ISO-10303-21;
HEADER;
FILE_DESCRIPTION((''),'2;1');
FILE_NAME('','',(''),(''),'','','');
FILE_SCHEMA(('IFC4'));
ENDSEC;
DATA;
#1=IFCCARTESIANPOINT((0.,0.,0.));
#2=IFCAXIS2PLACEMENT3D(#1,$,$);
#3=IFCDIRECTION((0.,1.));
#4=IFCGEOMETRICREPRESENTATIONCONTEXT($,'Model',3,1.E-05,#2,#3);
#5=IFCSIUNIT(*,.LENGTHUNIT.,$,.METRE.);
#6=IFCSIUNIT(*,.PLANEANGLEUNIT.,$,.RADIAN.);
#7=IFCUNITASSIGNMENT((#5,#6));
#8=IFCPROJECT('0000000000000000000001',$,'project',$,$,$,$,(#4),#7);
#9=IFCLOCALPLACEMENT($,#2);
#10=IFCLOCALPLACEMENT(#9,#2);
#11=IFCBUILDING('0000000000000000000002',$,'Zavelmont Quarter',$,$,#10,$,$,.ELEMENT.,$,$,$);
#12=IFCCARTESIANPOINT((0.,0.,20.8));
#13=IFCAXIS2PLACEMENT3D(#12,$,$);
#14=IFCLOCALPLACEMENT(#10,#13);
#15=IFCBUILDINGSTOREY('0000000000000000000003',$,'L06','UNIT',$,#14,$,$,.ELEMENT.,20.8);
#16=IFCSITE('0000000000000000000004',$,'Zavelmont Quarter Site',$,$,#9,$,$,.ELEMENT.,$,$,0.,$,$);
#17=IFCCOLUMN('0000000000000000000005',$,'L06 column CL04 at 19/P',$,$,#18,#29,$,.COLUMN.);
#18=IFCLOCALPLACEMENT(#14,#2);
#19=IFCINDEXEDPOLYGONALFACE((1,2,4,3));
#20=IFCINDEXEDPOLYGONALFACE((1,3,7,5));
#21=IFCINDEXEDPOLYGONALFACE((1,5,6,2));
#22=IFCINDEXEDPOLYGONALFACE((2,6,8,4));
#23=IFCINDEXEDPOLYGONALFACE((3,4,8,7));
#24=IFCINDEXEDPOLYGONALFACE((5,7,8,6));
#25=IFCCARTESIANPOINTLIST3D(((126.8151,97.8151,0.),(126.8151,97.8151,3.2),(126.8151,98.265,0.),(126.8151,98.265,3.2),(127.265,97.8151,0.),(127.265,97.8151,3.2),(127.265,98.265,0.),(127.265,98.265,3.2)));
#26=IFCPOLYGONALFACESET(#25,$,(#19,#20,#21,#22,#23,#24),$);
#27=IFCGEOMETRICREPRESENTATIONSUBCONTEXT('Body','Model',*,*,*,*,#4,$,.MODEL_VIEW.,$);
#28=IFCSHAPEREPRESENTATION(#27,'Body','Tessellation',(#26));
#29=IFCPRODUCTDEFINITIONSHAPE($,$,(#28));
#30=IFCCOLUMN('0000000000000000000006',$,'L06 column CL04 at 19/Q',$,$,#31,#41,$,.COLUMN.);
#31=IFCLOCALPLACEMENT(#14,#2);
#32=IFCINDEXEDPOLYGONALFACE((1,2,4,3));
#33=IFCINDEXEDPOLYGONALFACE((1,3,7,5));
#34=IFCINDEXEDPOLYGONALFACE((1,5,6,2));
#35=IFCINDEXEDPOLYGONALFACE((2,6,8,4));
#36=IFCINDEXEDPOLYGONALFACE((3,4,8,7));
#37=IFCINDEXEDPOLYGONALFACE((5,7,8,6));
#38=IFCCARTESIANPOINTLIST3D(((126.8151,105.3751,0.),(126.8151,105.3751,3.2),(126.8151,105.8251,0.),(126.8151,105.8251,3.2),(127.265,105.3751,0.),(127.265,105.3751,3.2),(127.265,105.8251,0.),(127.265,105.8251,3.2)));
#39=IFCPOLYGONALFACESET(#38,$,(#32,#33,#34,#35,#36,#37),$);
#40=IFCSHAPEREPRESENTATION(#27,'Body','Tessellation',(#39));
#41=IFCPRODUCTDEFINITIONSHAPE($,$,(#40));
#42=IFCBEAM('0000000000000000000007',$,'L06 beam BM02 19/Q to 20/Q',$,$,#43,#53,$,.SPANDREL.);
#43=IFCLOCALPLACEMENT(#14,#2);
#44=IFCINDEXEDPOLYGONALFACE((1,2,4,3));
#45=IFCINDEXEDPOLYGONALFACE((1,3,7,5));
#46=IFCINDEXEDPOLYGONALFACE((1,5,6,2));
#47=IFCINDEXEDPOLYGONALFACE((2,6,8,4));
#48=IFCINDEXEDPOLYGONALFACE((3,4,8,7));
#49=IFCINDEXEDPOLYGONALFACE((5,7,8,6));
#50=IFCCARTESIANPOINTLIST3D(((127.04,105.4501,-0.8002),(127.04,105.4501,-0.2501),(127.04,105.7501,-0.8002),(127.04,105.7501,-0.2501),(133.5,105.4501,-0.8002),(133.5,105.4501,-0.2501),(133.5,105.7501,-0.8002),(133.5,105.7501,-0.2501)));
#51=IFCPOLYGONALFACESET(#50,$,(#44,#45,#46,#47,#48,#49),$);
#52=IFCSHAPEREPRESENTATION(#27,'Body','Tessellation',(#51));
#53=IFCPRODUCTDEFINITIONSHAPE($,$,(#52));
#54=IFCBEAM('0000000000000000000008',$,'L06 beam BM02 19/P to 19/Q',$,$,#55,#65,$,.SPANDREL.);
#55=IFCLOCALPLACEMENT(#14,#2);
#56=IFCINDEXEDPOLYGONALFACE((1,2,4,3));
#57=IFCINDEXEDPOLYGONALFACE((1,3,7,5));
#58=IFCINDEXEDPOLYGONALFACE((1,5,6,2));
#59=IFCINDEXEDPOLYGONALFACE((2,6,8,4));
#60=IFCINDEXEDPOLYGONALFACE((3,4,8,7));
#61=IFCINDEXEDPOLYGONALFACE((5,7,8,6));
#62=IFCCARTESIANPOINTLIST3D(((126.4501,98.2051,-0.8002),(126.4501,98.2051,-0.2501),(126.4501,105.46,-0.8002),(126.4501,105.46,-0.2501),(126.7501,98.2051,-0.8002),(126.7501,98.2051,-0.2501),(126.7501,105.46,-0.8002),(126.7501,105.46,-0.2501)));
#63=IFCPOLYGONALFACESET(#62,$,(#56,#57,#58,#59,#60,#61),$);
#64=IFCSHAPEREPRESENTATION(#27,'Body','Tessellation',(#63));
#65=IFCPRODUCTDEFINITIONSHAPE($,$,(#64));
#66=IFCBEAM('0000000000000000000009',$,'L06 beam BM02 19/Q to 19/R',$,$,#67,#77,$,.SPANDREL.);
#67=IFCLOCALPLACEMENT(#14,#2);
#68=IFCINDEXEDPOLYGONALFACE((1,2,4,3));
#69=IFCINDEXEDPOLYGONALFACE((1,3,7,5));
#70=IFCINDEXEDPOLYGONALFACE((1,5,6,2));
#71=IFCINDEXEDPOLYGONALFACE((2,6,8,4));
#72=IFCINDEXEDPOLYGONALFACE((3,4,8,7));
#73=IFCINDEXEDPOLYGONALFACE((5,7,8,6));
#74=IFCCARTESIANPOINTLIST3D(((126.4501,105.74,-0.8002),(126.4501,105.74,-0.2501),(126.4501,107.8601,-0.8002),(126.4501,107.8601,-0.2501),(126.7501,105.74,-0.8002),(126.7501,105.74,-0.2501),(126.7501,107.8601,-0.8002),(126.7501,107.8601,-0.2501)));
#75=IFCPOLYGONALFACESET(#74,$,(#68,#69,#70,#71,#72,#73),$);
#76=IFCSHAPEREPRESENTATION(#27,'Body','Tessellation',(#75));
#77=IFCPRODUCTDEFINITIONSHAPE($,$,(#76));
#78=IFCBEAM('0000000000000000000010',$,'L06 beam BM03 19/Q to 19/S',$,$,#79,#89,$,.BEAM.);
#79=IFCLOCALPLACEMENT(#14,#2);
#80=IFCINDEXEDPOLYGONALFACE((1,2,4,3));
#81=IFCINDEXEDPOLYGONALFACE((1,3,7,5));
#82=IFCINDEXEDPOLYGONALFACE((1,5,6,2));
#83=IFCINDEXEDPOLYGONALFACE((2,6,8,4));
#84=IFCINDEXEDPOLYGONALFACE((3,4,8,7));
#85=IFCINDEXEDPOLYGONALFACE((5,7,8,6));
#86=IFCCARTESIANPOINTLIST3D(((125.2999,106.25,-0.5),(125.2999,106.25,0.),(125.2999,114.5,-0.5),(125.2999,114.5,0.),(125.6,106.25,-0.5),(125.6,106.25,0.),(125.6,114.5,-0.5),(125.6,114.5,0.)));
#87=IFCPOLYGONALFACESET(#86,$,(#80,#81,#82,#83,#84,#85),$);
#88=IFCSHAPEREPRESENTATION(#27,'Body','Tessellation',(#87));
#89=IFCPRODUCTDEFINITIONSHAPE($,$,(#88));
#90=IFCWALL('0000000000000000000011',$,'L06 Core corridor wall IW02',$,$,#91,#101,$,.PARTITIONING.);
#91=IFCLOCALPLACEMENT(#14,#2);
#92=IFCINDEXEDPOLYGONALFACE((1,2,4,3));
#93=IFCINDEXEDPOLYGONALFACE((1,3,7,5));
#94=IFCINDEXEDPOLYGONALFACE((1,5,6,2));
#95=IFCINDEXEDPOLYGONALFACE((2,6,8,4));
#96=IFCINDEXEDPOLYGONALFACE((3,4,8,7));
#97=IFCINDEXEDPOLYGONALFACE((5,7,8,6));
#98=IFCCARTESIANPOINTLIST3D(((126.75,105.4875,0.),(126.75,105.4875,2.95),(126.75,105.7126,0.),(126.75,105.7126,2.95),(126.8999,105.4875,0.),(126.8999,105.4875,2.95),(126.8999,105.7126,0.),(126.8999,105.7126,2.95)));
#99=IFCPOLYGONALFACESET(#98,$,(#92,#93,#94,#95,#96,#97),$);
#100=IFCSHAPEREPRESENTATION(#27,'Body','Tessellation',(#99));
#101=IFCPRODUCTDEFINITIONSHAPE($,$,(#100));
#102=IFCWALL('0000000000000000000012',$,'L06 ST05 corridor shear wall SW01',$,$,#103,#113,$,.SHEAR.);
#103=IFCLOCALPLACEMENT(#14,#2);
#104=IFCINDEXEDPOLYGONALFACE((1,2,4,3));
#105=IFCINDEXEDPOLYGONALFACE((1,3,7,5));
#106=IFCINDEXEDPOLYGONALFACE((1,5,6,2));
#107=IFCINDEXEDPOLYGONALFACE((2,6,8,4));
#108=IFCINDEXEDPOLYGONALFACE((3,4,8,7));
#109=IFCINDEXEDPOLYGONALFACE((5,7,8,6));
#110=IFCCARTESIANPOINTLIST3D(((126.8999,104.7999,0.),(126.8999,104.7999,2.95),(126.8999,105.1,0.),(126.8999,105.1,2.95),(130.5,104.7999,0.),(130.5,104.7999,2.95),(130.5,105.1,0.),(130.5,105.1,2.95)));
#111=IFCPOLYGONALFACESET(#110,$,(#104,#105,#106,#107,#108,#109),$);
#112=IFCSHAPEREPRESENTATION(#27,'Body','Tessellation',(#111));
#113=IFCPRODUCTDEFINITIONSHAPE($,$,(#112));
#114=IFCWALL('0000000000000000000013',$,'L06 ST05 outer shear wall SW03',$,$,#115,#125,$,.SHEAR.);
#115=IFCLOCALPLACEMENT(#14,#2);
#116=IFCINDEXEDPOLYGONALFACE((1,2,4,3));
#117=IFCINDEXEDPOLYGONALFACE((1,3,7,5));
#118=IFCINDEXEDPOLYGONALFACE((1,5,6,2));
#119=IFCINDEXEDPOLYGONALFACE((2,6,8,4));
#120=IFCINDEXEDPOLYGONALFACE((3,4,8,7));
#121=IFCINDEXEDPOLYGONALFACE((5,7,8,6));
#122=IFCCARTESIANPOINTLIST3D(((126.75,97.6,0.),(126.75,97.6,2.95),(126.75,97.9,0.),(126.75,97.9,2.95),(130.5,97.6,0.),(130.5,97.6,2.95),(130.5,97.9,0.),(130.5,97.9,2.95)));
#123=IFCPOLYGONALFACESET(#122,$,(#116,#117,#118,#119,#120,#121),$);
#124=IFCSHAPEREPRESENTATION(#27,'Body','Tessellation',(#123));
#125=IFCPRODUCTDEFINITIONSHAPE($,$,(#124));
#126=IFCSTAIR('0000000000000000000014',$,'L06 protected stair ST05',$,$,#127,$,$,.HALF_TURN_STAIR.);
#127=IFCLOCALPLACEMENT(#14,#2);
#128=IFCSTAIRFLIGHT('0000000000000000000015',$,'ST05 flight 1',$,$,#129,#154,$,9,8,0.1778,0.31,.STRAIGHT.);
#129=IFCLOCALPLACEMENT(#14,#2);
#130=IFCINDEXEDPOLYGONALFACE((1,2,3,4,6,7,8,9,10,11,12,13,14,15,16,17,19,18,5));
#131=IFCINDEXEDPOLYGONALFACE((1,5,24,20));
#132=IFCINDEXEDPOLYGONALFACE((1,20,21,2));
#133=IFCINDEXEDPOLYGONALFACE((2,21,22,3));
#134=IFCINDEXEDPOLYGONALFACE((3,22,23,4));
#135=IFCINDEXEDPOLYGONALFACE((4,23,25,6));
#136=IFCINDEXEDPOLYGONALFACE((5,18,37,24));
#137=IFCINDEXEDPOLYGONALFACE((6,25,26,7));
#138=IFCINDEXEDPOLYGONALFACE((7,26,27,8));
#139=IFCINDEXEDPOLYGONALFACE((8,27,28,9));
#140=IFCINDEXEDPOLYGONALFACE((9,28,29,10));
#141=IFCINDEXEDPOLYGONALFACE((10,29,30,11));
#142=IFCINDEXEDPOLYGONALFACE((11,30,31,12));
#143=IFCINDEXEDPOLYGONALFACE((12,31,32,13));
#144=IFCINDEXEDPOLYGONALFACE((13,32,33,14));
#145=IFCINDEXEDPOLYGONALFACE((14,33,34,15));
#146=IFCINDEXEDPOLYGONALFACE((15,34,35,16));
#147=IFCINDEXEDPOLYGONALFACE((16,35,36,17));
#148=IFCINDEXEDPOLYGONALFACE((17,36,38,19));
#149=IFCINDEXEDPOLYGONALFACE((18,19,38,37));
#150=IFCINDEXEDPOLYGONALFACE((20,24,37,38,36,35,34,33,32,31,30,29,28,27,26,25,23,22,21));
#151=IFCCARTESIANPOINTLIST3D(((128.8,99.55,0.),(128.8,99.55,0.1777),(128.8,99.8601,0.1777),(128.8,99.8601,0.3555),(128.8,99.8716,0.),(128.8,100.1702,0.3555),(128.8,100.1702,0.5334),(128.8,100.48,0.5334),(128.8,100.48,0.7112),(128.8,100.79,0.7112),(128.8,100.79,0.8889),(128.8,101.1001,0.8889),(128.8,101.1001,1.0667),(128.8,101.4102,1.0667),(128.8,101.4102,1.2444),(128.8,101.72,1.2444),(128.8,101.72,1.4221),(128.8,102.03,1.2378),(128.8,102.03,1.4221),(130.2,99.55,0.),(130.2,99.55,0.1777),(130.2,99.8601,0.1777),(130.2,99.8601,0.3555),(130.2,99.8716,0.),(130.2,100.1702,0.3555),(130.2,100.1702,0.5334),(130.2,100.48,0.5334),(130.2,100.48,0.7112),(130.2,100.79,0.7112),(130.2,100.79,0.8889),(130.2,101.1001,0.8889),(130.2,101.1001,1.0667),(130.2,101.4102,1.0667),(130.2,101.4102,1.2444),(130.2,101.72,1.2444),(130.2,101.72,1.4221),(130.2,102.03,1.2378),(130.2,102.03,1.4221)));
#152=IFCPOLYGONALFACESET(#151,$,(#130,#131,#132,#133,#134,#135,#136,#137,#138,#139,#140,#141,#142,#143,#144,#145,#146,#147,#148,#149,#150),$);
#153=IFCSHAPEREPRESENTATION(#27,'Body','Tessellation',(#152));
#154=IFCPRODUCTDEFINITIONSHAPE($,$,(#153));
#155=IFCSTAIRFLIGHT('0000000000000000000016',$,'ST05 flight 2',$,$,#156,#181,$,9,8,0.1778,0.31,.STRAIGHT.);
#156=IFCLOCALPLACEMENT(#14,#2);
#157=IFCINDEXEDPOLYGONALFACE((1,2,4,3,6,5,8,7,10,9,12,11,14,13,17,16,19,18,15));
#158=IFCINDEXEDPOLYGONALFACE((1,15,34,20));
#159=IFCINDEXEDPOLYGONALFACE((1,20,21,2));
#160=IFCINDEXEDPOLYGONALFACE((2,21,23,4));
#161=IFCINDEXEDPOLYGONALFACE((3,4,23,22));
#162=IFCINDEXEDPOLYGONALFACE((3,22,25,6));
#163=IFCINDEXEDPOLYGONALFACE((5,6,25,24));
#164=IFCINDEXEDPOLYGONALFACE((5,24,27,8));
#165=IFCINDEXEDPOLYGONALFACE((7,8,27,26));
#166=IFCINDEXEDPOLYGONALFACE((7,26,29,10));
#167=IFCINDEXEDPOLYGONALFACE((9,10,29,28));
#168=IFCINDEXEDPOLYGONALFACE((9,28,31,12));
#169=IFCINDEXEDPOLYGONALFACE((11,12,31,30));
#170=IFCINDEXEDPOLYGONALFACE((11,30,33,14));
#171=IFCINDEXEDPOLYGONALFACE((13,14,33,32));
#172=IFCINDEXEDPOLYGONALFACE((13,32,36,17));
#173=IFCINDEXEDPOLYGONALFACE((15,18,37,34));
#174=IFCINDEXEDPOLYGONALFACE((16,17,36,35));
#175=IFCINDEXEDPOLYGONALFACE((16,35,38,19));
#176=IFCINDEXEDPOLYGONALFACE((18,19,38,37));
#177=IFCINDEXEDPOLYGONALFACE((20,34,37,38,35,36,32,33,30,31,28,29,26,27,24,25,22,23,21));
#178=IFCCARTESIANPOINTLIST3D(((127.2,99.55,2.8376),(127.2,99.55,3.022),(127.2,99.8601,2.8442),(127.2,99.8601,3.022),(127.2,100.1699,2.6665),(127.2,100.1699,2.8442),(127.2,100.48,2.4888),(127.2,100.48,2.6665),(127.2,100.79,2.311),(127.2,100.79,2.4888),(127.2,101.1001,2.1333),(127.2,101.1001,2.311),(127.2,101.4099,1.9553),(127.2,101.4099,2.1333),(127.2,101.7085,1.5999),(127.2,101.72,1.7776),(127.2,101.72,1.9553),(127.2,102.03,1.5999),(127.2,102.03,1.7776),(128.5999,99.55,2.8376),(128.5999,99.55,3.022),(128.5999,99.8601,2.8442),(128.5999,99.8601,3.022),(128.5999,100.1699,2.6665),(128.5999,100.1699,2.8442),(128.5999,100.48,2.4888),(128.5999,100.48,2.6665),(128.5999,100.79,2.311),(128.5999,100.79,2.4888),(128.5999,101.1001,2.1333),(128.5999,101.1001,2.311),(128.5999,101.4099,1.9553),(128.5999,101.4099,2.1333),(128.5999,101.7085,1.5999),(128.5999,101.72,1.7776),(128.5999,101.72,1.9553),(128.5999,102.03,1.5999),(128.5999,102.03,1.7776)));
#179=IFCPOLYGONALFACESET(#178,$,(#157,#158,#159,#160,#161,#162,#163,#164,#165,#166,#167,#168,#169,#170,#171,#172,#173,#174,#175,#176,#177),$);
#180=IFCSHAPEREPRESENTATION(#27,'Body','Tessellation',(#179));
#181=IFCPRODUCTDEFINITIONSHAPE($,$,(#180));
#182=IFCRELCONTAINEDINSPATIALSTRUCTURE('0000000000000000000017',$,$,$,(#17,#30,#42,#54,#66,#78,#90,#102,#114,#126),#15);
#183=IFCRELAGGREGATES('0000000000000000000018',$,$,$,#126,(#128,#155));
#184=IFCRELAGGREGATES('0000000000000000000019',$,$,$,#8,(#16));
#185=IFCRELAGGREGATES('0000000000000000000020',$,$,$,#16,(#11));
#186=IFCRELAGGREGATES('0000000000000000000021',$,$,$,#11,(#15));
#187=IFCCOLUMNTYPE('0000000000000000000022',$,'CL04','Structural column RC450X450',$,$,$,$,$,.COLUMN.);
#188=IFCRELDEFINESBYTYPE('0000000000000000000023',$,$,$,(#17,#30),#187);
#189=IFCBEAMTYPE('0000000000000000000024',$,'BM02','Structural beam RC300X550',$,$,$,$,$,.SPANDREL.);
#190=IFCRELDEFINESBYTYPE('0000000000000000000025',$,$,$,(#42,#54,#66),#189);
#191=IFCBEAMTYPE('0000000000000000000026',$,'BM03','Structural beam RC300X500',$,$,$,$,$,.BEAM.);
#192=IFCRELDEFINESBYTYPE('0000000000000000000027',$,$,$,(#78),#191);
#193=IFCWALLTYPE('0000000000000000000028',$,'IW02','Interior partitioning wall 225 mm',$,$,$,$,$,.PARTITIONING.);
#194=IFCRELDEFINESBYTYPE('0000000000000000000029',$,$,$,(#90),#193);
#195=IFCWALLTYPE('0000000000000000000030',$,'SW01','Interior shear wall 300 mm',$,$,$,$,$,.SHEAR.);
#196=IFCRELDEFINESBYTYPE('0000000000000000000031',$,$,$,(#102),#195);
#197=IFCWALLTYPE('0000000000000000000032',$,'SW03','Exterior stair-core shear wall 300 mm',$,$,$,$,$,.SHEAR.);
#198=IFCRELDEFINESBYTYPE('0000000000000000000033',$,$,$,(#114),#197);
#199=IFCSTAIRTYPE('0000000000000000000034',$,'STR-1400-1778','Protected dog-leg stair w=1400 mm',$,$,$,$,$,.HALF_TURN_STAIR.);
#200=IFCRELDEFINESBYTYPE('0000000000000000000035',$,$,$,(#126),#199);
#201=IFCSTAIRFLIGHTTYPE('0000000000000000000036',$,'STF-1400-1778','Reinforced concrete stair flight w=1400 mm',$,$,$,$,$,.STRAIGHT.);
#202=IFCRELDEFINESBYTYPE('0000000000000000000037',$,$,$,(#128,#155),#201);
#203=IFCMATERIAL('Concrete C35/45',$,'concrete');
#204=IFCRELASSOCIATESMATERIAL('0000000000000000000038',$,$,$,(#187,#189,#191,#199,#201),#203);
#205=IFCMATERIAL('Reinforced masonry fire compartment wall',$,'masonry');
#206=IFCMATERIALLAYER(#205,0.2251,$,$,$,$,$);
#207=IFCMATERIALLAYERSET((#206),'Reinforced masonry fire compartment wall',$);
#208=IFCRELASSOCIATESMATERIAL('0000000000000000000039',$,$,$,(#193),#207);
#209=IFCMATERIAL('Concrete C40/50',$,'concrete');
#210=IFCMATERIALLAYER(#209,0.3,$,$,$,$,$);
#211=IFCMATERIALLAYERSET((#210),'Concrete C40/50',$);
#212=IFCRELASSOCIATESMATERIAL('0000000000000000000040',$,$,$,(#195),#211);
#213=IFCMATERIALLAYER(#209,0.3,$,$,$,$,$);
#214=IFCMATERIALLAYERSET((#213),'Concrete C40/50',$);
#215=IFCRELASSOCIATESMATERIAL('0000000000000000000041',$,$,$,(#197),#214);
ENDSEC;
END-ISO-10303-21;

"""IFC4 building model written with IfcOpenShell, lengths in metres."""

from ifc_helpers import new_model, si_unit, direction, frame, frame_2d, origin, origin_2d, place, context, subcontext, project, spatial, polyline, rectangle, outline, extrude, material, layer, layer_set, material_profile, profile_set, type_object, element, aggregate, save


model = new_model("IFC4")

# Units and contexts
model_context = context("Model", 3, precision=1e-05, world=origin(), true_north=direction((0.0, 1.0)))
body_context = subcontext(model_context, "Body", "Model", "MODEL_VIEW")
ifc_project = project(units=[si_unit("LENGTHUNIT", "METRE"), si_unit("PLANEANGLEUNIT", "RADIAN")], contexts=[model_context])

# Site, building, storey
site_placement = place(None, origin())
site = spatial("IfcSite", under=ifc_project, at=site_placement, Name="Zavelmont Quarter Site", CompositionType="ELEMENT", RefElevation=0.0)
building_placement = place(site_placement, origin())
building = spatial("IfcBuilding", under=site, at=building_placement, Name="Zavelmont Quarter", CompositionType="ELEMENT")
storey_placement = place(building_placement, frame((0.0, 0.0, 20.8)))
storey = spatial("IfcBuildingStorey", under=building, at=storey_placement, Name="L06", Description="UNIT", CompositionType="ELEMENT", Elevation=20.8)

# Columns
ifc_material_1 = material(Name="Concrete C35/45", Category="concrete")
ifc_material_profile_1 = material_profile(ifc_material_1, rectangle(XDim=0.45, YDim=0.45, at=origin_2d()), Name="RC450X450")
ifc_profile_set_1 = profile_set([ifc_material_profile_1], Name="Concrete C35/45")
column_type = type_object("IfcColumnType", Name="CL04", Description="Structural column RC450X450", PredefinedType="COLUMN", material=ifc_profile_set_1)
for number, where, z_axis, x_axis, name in (
    (1, (127.04, 98.04, 0.0), (0.0, 0.0, 1.0), (1.0, 0.0, 0.0), "L06 column CL04 at 19/P"),
    (2, (127.04, 105.6001, 0.0), (0.0, 0.0, 1.0), (1.0, 0.0, 0.0), "L06 column CL04 at 19/Q"),
):
    element("IfcColumn", number, at=place(storey_placement, frame(where, z_axis=z_axis, x_axis=x_axis)), inside=storey, type_object=column_type, Name=name, PredefinedType="COLUMN", context=body_context, shape_type="SweptSolid", body=[
        extrude(rectangle(XDim=0.45, YDim=0.45, at=origin_2d()), origin(), (0.0, 0.0, 1.0), 3.2),
    ])

# Beams
ifc_material_profile_2 = material_profile(ifc_material_1, rectangle(XDim=0.3, YDim=0.55, at=origin_2d()), Name="RC300X550")
ifc_profile_set_2 = profile_set([ifc_material_profile_2], Name="Concrete C35/45")
beam_type_1 = type_object("IfcBeamType", Name="BM02", Description="Structural beam RC300X550", PredefinedType="SPANDREL", material=ifc_profile_set_2)
beam_1_placement = place(storey_placement, frame((127.04, 105.6001, -0.5251), z_axis=(1.0, 0.0, 0.0), x_axis=(0.0, 1.0, 0.0)))
element("IfcBeam", 3, at=beam_1_placement, inside=storey, type_object=beam_type_1, Name="L06 beam BM02 19/Q to 20/Q", PredefinedType="SPANDREL", context=body_context, shape_type="SweptSolid", body=[
    extrude(rectangle(XDim=0.3, YDim=0.55, at=origin_2d()), origin(), (0.0, 0.0, 1.0), 6.46),
])
beam_2_placement = place(storey_placement, frame((126.6001, 98.2051, -0.5251), z_axis=(0.0, 1.0, 0.0), x_axis=(-1.0, 0.0, 0.0)))
element("IfcBeam", 4, at=beam_2_placement, inside=storey, type_object=beam_type_1, Name="L06 beam BM02 19/P to 19/Q", PredefinedType="SPANDREL", context=body_context, shape_type="SweptSolid", body=[
    extrude(rectangle(XDim=0.3, YDim=0.55, at=origin_2d()), origin(), (0.0, 0.0, 1.0), 7.2549),
])
beam_3_placement = place(storey_placement, frame((126.6001, 105.74, -0.5251), z_axis=(0.0, 1.0, 0.0), x_axis=(-1.0, 0.0, 0.0)))
element("IfcBeam", 5, at=beam_3_placement, inside=storey, type_object=beam_type_1, Name="L06 beam BM02 19/Q to 19/R", PredefinedType="SPANDREL", context=body_context, shape_type="SweptSolid", body=[
    extrude(rectangle(XDim=0.3, YDim=0.55, at=origin_2d()), origin(), (0.0, 0.0, 1.0), 2.1201),
])
ifc_material_profile_3 = material_profile(ifc_material_1, rectangle(XDim=0.3, YDim=0.5, at=origin_2d()), Name="RC300X500")
ifc_profile_set_3 = profile_set([ifc_material_profile_3], Name="Concrete C35/45")
beam_type_2 = type_object("IfcBeamType", Name="BM03", Description="Structural beam RC300X500", PredefinedType="BEAM", material=ifc_profile_set_3)
beam_4_placement = place(storey_placement, frame((125.45, 106.25, -0.25), z_axis=(0.0, 1.0, 0.0), x_axis=(-1.0, 0.0, 0.0)))
element("IfcBeam", 6, at=beam_4_placement, inside=storey, type_object=beam_type_2, Name="L06 beam BM03 19/Q to 19/S", PredefinedType="BEAM", context=body_context, shape_type="SweptSolid", body=[
    extrude(rectangle(XDim=0.3, YDim=0.5, at=origin_2d()), origin(), (0.0, 0.0, 1.0), 8.25),
])

# Walls
ifc_material_2 = material(Name="Reinforced masonry fire compartment wall", Category="masonry")
ifc_layer_1 = layer(ifc_material_2, 0.2251)
ifc_layer_set_1 = layer_set([ifc_layer_1], Name="Reinforced masonry fire compartment wall")
wall_type_1 = type_object("IfcWallType", Name="IW02", Description="Interior partitioning wall 225 mm", PredefinedType="PARTITIONING", material=ifc_layer_set_1)
wall_1_placement = place(storey_placement, frame((126.75, 105.6001, 0.0), z_axis=(0.0, 0.0, 1.0), x_axis=(1.0, 0.0, 0.0)))
element("IfcWall", 7, at=wall_1_placement, inside=storey, type_object=wall_type_1, Name="L06 Core corridor wall IW02", PredefinedType="PARTITIONING", context=body_context, shape_type="SweptSolid", body=[
    extrude(rectangle(XDim=0.1499, YDim=0.2251, at=frame_2d((0.075, 0.0))), origin(), (0.0, 0.0, 1.0), 2.95),
])
ifc_material_3 = material(Name="Concrete C40/50", Category="concrete")
ifc_layer_2 = layer(ifc_material_3, 0.3)
ifc_layer_set_2 = layer_set([ifc_layer_2], Name="Concrete C40/50")
wall_type_2 = type_object("IfcWallType", Name="SW01", Description="Interior shear wall 300 mm", PredefinedType="SHEAR", material=ifc_layer_set_2)
wall_2_placement = place(storey_placement, frame((126.8999, 104.95, 0.0), z_axis=(0.0, 0.0, 1.0), x_axis=(1.0, 0.0, 0.0)))
element("IfcWall", 8, at=wall_2_placement, inside=storey, type_object=wall_type_2, Name="L06 ST05 corridor shear wall SW01", PredefinedType="SHEAR", context=body_context, shape_type="SweptSolid", body=[
    extrude(rectangle(XDim=3.6001, YDim=0.3, at=frame_2d((1.8, 0.0))), origin(), (0.0, 0.0, 1.0), 2.95),
])
ifc_layer_3 = layer(ifc_material_3, 0.3)
ifc_layer_set_3 = layer_set([ifc_layer_3], Name="Concrete C40/50")
wall_type_3 = type_object("IfcWallType", Name="SW03", Description="Exterior stair-core shear wall 300 mm", PredefinedType="SHEAR", material=ifc_layer_set_3)
wall_3_placement = place(storey_placement, frame((126.75, 97.75, 0.0), z_axis=(0.0, 0.0, 1.0), x_axis=(1.0, 0.0, 0.0)))
element("IfcWall", 9, at=wall_3_placement, inside=storey, type_object=wall_type_3, Name="L06 ST05 outer shear wall SW03", PredefinedType="SHEAR", context=body_context, shape_type="SweptSolid", body=[
    extrude(rectangle(XDim=3.75, YDim=0.3, at=frame_2d((1.875, 0.0))), origin(), (0.0, 0.0, 1.0), 2.95),
])

# Stair, stair flights
stair_type = type_object("IfcStairType", Name="STR-1400-1778", Description="Protected dog-leg stair w=1400 mm", PredefinedType="HALF_TURN_STAIR", material=ifc_material_1)
stair_placement = place(storey_placement, origin())
stair = element("IfcStair", 10, at=stair_placement, inside=storey, type_object=stair_type, Name="L06 protected stair ST05", PredefinedType="HALF_TURN_STAIR")
stair_flight_type = type_object("IfcStairFlightType", Name="STF-1400-1778", Description="Reinforced concrete stair flight w=1400 mm", PredefinedType="STRAIGHT", material=ifc_material_1)
stair_flight_1_placement = place(storey_placement, frame((129.5, 99.55, 0.0), z_axis=(0.0, 0.0, 1.0), x_axis=(0.0, 1.0, 0.0)))
stair_flight_1 = element("IfcStairFlight", 11, at=stair_flight_1_placement, type_object=stair_flight_type, Name="ST05 flight 1", NumberOfRisers=9, NumberOfTreads=8, PredefinedType="STRAIGHT", RiserHeight=0.1778, TreadLength=0.31, context=body_context, shape_type="SweptSolid", body=[
    extrude(outline(polyline([(0.0, 0.0), (0.0, 0.1777), (0.3101, 0.1777), (0.3101, 0.3555), (0.6201, 0.3555), (0.6201, 0.5334), (0.9299, 0.5334), (0.9299, 0.7112), (1.24, 0.7112), (1.24, 0.8889), (1.55, 0.8889), (1.55, 1.0667), (1.8601, 1.0667), (1.8601, 1.2444), (2.1699, 1.2444), (2.1699, 1.4221), (2.48, 1.4221), (2.48, 1.6001), (2.48, 1.2378), (0.3215, 0.0), (0.0, 0.0)])), frame((0.0, 0.7, 0.0), z_axis=(0.0, -1.0, 0.0), x_axis=(1.0, 0.0, 0.0)), (0.0, 0.0, 1.0), 1.3999),
])
stair_flight_2_placement = place(storey_placement, frame((127.8999, 102.03, 1.5999), z_axis=(0.0, 0.0, 1.0), x_axis=(0.0, -1.0, 0.0)))
stair_flight_2 = element("IfcStairFlight", 12, at=stair_flight_2_placement, type_object=stair_flight_type, Name="ST05 flight 2", NumberOfRisers=9, NumberOfTreads=8, PredefinedType="STRAIGHT", RiserHeight=0.1778, TreadLength=0.31, context=body_context, shape_type="SweptSolid", body=[
    extrude(outline(polyline([(0.0, 0.0), (0.0, 0.1777), (0.3101, 0.1777), (0.3101, 0.3555), (0.6201, 0.3555), (0.6201, 0.5334), (0.9299, 0.5334), (0.9299, 0.7112), (1.24, 0.7112), (1.24, 0.8889), (1.55, 0.8889), (1.55, 1.0667), (1.8601, 1.0667), (1.8601, 1.2444), (2.1699, 1.2444), (2.1699, 1.4221), (2.48, 1.4221), (2.48, 1.6001), (2.48, 1.2378), (0.3215, 0.0), (0.0, 0.0)])), frame((0.0, 0.7, 0.0), z_axis=(0.0, -1.0, 0.0), x_axis=(1.0, 0.0, 0.0)), (0.0, 0.0, 1.0), 1.3999),
])
aggregate(stair, [stair_flight_1, stair_flight_2])

save(model, "model.ifc")
